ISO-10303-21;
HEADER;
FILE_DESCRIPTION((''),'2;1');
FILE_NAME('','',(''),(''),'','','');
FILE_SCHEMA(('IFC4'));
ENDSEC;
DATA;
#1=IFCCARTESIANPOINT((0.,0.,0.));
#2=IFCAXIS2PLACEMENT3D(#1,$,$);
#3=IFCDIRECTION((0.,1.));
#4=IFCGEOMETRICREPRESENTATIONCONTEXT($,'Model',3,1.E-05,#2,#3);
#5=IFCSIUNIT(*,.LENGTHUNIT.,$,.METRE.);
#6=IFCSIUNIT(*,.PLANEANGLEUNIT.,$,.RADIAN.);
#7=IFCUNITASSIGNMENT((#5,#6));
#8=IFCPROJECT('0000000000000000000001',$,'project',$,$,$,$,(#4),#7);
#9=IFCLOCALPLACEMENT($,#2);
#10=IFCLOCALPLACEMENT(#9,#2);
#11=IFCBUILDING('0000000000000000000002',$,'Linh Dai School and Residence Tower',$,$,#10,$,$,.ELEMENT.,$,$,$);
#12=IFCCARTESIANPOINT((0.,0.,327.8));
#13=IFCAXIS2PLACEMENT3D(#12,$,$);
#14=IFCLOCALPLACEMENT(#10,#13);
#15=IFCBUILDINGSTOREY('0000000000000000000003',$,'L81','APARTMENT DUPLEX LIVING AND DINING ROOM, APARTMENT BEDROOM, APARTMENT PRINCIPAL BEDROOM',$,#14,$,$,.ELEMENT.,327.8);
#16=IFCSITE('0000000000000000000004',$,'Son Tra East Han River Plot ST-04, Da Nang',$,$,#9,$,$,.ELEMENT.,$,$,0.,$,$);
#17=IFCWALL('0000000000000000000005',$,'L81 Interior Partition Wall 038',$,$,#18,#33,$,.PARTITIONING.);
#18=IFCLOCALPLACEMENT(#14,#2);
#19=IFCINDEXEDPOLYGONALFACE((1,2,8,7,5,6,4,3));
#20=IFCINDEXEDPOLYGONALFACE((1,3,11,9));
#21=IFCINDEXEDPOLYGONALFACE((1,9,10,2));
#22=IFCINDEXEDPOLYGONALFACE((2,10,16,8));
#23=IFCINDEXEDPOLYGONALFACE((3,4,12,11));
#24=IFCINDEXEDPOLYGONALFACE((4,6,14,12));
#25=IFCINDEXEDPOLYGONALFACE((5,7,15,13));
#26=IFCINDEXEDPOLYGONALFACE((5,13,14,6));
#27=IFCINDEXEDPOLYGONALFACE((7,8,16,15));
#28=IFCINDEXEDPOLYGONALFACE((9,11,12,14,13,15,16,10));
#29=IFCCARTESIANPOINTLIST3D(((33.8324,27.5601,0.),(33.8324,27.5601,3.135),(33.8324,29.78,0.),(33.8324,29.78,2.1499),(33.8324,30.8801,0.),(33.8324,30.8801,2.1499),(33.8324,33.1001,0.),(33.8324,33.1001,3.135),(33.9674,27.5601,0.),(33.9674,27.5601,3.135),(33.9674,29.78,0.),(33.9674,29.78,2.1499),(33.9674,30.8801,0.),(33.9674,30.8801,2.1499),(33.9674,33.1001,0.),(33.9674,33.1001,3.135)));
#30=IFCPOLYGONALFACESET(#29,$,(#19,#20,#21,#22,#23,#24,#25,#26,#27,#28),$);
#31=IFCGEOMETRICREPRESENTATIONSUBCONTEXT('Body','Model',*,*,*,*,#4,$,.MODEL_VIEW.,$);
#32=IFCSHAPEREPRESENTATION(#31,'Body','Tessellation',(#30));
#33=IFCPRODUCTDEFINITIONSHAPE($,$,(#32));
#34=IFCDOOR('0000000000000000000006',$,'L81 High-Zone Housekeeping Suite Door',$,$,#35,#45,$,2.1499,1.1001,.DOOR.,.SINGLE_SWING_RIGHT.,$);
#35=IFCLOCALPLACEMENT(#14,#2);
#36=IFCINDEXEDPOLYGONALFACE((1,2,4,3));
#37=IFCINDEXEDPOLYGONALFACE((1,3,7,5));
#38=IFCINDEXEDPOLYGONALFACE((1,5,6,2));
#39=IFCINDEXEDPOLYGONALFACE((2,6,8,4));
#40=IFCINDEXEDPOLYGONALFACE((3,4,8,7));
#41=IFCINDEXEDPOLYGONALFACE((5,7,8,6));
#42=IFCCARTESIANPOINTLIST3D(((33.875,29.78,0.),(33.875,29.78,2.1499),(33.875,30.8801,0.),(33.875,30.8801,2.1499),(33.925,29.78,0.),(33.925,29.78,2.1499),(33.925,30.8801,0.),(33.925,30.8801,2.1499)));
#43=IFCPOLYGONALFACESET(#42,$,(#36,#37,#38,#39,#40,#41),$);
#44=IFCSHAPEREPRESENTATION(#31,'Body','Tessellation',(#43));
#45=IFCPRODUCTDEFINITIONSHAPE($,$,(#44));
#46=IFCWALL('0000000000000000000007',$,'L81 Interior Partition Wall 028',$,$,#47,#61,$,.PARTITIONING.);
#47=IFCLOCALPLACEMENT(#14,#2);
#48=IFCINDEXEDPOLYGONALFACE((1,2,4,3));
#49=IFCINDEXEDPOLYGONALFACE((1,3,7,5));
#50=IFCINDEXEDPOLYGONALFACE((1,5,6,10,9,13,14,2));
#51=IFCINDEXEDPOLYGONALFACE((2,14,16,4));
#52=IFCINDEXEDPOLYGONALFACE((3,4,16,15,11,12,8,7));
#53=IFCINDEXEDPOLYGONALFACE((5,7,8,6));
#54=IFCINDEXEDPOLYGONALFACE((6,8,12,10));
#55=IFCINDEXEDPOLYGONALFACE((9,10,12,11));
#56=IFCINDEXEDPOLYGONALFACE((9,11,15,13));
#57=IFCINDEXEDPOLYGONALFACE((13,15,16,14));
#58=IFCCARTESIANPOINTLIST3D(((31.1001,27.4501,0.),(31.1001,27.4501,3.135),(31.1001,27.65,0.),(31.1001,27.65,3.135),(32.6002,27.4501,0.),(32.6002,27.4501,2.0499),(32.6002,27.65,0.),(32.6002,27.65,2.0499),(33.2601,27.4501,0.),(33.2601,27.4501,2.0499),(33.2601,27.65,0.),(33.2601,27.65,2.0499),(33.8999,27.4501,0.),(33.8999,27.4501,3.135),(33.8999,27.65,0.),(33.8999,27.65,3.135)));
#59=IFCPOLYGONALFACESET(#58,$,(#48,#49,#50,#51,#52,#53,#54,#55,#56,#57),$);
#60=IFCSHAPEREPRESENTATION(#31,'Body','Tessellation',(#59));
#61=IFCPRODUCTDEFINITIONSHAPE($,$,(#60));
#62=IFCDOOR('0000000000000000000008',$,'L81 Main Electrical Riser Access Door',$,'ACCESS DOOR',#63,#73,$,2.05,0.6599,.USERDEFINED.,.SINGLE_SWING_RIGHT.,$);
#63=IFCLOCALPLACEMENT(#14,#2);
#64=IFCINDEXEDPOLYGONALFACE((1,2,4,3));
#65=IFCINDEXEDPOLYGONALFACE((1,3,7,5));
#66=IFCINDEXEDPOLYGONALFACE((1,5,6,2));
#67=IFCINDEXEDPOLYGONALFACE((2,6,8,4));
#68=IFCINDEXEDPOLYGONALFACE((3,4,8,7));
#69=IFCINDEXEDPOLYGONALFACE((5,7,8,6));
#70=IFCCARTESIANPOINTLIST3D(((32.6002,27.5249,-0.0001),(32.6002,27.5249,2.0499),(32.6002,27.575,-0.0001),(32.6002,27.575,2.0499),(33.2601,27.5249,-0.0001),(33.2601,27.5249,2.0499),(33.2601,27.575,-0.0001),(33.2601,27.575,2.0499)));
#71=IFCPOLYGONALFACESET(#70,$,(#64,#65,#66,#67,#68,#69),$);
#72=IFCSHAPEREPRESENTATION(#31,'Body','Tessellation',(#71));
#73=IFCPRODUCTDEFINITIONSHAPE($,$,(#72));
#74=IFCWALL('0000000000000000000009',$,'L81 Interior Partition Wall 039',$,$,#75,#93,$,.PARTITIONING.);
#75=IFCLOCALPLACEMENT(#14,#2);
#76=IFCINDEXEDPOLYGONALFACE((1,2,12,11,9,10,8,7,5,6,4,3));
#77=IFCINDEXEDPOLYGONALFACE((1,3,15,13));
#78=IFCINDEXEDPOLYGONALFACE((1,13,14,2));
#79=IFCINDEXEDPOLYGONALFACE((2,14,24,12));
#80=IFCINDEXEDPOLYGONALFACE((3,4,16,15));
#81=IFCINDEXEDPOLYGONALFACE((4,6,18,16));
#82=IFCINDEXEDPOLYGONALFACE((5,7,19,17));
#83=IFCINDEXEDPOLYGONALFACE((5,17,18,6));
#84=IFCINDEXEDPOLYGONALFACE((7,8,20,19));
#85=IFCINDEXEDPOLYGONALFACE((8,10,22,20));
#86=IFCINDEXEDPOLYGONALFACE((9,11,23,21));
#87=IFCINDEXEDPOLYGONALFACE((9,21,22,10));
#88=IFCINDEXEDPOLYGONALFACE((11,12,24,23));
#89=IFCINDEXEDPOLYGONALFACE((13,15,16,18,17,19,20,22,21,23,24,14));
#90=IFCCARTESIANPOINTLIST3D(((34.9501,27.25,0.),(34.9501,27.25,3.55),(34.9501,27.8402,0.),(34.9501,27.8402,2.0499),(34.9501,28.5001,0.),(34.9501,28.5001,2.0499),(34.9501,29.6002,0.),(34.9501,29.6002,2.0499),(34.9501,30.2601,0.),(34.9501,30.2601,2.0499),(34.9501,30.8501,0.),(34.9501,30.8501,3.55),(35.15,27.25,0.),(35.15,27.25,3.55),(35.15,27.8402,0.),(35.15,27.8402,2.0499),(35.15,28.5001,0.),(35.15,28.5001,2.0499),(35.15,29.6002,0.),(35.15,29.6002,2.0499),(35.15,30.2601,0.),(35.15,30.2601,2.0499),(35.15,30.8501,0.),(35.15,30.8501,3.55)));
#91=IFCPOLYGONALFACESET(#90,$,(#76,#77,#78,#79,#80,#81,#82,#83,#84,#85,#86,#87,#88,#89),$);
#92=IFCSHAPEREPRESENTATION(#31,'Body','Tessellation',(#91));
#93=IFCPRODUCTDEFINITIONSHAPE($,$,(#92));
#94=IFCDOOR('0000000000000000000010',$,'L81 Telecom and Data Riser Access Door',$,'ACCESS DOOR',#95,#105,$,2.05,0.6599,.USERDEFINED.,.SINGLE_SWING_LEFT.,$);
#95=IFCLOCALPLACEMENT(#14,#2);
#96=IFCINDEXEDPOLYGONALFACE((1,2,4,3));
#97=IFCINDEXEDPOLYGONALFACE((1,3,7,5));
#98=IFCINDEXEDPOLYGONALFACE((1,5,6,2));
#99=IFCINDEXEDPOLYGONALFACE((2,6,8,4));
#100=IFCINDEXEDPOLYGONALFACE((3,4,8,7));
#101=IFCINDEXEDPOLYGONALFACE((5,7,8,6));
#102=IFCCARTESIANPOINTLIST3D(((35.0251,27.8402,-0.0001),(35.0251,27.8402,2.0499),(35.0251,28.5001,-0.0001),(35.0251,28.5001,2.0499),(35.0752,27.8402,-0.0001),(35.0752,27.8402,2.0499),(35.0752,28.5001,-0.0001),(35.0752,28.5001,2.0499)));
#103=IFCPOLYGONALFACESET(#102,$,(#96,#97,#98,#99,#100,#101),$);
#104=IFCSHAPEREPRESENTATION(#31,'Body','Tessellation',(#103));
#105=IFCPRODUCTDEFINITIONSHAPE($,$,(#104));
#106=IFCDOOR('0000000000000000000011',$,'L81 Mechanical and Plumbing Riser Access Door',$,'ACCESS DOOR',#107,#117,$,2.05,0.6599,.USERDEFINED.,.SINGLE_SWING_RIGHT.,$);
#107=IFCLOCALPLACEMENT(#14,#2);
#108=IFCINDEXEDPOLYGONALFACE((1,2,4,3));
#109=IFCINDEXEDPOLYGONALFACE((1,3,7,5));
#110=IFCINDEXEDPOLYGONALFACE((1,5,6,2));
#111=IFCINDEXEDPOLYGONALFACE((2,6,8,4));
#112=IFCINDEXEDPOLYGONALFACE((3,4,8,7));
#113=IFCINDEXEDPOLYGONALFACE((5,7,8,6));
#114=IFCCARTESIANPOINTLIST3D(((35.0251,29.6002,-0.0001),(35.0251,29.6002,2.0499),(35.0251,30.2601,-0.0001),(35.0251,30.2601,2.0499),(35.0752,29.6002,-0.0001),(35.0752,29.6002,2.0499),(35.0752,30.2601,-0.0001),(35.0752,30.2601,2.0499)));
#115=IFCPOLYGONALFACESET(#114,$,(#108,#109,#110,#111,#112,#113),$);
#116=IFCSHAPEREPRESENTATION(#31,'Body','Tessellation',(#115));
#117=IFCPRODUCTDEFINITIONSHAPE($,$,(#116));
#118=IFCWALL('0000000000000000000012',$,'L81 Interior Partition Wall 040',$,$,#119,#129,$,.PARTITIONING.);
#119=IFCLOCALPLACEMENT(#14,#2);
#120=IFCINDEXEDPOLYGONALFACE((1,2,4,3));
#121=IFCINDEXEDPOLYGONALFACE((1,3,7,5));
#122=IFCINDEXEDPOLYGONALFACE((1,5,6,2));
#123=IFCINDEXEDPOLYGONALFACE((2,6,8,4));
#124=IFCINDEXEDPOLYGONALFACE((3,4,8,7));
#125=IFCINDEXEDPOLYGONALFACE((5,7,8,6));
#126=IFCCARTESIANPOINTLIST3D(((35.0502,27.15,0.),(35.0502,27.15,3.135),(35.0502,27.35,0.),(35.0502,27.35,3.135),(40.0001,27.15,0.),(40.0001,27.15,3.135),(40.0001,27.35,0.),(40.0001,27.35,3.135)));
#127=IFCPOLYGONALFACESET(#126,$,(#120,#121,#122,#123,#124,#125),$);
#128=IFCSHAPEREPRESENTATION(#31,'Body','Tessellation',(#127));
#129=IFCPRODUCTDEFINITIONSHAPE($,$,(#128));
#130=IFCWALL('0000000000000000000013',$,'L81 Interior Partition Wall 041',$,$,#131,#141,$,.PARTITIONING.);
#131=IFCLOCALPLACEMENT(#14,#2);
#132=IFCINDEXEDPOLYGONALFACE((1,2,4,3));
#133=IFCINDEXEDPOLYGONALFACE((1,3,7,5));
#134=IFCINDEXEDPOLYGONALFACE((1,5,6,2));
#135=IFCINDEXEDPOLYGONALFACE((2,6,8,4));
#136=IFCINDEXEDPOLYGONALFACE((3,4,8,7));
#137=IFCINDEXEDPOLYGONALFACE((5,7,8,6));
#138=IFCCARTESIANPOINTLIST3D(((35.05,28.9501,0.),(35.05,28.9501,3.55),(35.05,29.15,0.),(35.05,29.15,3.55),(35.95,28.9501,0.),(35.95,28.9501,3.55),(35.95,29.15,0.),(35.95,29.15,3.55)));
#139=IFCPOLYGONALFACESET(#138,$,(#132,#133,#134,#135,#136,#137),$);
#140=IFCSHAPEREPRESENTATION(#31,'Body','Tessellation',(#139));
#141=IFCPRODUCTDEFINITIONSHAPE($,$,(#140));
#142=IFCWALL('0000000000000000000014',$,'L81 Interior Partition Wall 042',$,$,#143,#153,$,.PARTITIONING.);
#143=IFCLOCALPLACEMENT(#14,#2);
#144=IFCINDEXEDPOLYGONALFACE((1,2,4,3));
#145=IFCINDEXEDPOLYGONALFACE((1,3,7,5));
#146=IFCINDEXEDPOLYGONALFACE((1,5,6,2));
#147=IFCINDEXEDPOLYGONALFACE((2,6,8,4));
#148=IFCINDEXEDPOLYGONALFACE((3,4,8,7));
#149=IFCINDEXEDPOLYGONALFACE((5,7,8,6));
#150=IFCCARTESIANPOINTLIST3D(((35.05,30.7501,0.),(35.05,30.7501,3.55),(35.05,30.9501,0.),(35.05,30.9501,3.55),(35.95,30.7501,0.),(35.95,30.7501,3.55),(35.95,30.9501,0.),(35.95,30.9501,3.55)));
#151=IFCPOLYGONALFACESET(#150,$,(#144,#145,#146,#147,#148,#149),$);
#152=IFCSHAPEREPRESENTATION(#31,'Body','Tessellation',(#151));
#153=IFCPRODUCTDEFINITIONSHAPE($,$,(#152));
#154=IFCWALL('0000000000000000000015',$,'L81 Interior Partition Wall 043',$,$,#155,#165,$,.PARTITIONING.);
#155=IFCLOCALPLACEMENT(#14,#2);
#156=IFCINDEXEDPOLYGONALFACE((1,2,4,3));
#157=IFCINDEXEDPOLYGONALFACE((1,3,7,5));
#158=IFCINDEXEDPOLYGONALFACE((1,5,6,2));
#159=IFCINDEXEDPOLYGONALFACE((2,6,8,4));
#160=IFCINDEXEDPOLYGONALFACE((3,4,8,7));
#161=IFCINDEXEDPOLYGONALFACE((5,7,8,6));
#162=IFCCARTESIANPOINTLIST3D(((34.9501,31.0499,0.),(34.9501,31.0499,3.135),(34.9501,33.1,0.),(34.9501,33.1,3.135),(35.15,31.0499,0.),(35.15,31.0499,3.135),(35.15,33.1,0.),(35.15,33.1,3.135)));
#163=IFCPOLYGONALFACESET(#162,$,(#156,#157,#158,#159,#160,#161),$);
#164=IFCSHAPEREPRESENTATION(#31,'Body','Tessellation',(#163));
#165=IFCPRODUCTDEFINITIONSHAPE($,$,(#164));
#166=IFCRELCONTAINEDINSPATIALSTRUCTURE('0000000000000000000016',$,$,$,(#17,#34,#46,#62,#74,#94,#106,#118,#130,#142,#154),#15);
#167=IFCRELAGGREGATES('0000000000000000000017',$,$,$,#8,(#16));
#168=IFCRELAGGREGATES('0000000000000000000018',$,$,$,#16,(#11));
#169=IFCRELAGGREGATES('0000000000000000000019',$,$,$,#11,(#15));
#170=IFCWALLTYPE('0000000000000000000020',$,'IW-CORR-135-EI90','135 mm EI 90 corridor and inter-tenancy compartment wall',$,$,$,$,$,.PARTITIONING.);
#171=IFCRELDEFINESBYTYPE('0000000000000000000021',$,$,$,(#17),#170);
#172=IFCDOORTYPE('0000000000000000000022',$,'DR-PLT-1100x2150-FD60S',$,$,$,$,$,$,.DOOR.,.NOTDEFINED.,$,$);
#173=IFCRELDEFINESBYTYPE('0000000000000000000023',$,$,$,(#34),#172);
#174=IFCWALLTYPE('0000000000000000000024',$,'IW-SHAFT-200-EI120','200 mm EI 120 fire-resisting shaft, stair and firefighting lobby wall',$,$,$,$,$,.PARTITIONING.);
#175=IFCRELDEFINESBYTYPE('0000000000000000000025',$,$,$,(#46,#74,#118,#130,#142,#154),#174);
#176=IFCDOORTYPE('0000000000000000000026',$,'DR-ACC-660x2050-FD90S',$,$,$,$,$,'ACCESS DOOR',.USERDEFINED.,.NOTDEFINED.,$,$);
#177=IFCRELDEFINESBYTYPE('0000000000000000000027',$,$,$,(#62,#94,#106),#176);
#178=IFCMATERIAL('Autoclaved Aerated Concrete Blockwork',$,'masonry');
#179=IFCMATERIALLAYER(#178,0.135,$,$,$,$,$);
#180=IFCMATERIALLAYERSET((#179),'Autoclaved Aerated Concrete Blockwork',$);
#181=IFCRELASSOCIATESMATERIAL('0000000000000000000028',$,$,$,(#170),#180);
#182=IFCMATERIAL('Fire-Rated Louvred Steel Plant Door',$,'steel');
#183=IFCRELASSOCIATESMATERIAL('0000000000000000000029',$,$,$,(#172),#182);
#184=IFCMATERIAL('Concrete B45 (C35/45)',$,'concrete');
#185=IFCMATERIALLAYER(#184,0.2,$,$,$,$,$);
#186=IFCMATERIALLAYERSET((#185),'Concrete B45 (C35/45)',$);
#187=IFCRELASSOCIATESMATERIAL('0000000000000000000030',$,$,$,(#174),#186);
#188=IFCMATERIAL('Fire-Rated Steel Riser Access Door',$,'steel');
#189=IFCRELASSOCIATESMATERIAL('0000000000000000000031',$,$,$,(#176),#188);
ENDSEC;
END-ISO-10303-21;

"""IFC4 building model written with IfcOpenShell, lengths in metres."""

from ifc_helpers import new_model, si_unit, direction, frame, frame_2d, origin, origin_2d, place, context, subcontext, project, spatial, rectangle, extrude, source, transform, mapped, material, layer, layer_set, type_object, element, fill, save


model = new_model("IFC4")

# Units and contexts
model_context = context("Model", 3, precision=1e-05, world=origin(), true_north=direction((0.0, 1.0)))
body_context = subcontext(model_context, "Body", "Model", "MODEL_VIEW")
ifc_project = project(units=[si_unit("LENGTHUNIT", "METRE"), si_unit("PLANEANGLEUNIT", "RADIAN")], contexts=[model_context])

# Site, building, storey
site_placement = place(None, origin())
site = spatial("IfcSite", under=ifc_project, at=site_placement, Name="Son Tra East Han River Plot ST-04, Da Nang", CompositionType="ELEMENT", RefElevation=0.0)
building_placement = place(site_placement, origin())
building = spatial("IfcBuilding", under=site, at=building_placement, Name="Linh Dai School and Residence Tower", CompositionType="ELEMENT")
storey_placement = place(building_placement, frame((0.0, 0.0, 327.8)))
storey = spatial("IfcBuildingStorey", under=building, at=storey_placement, Name="L81", Description="APARTMENT DUPLEX LIVING AND DINING ROOM, APARTMENT BEDROOM, APARTMENT PRINCIPAL BEDROOM", CompositionType="ELEMENT", Elevation=327.8)

# Walls, openings, doors
ifc_material_1 = material(Name="Autoclaved Aerated Concrete Blockwork", Category="masonry")
ifc_layer_1 = layer(ifc_material_1, 0.135)
ifc_layer_set_1 = layer_set([ifc_layer_1], Name="Autoclaved Aerated Concrete Blockwork")
wall_type_1 = type_object("IfcWallType", Name="IW-CORR-135-EI90", Description="135 mm EI 90 corridor and inter-tenancy compartment wall", PredefinedType="PARTITIONING", material=ifc_layer_set_1)
wall_1_placement = place(storey_placement, frame((33.8999, 27.5601, 0.0), z_axis=(0.0, 0.0, 1.0), x_axis=(0.0, 1.0, 0.0)))
wall_1 = element("IfcWall", 1, at=wall_1_placement, inside=storey, type_object=wall_type_1, Name="L81 Interior Partition Wall 038", PredefinedType="PARTITIONING", context=body_context, shape_type="SweptSolid", body=[
    extrude(rectangle(XDim=5.54, YDim=0.135, at=frame_2d((2.77, 0.0))), origin(), (0.0, 0.0, 1.0), 3.135),
])
opening_1_placement = place(wall_1_placement, frame((2.22, 0.0, 0.0)))
opening_1 = element("IfcOpeningElement", 2, at=opening_1_placement, cuts=wall_1, PredefinedType="OPENING", context=body_context, shape_type="SweptSolid", body=[
    extrude(rectangle(XDim=1.1001, YDim=2.1499, at=origin_2d()), frame((0.55, 0.0776, 1.075), z_axis=(0.0, -1.0, 0.0), x_axis=(1.0, 0.0, 0.0)), (0.0, 0.0, 1.0), 0.155),
])
ifc_material_2 = material(Name="Fire-Rated Louvred Steel Plant Door", Category="steel")
door_type_1 = type_object("IfcDoorType", Name="DR-PLT-1100x2150-FD60S", OperationType="NOTDEFINED", PredefinedType="DOOR", material=ifc_material_2)
shared_shape_1 = source(origin(), body_context, "Body", "SweptSolid", [
    extrude(rectangle(XDim=1.1001, YDim=2.1499, at=origin_2d()), frame((0.55, 0.0249, 1.075), z_axis=(0.0, -1.0, 0.0), x_axis=(1.0, 0.0, 0.0)), (0.0, 0.0, 1.0), 0.05),
])
door_1_placement = place(opening_1_placement, origin())
door_1 = element("IfcDoor", 3, at=door_1_placement, inside=storey, type_object=door_type_1, Name="L81 High-Zone Housekeeping Suite Door", OperationType="SINGLE_SWING_RIGHT", OverallHeight=2.1499, OverallWidth=1.1001, PredefinedType="DOOR", context=body_context, shape_type="MappedRepresentation", body=[
    mapped(shared_shape_1, transform((0.0, 0.0, 0.0), x_axis=(1.0, 0.0, 0.0), y_axis=(0.0, 1.0, 0.0), z_axis=(0.0, 0.0, 1.0), scale=1.0)),
])
fill(opening_1, door_1)
ifc_material_3 = material(Name="Concrete B45 (C35/45)", Category="concrete")
ifc_layer_2 = layer(ifc_material_3, 0.2)
ifc_layer_set_2 = layer_set([ifc_layer_2], Name="Concrete B45 (C35/45)")
wall_type_2 = type_object("IfcWallType", Name="IW-SHAFT-200-EI120", Description="200 mm EI 120 fire-resisting shaft, stair and firefighting lobby wall", PredefinedType="PARTITIONING", material=ifc_layer_set_2)
wall_2_placement = place(storey_placement, frame((31.1001, 27.55, 0.0), z_axis=(0.0, 0.0, 1.0), x_axis=(1.0, 0.0, 0.0)))
wall_2 = element("IfcWall", 4, at=wall_2_placement, inside=storey, type_object=wall_type_2, Name="L81 Interior Partition Wall 028", PredefinedType="PARTITIONING", context=body_context, shape_type="SweptSolid", body=[
    extrude(rectangle(XDim=2.7998, YDim=0.2, at=frame_2d((1.3999, 0.0))), origin(), (0.0, 0.0, 1.0), 3.135),
])
opening_2_placement = place(wall_2_placement, frame((1.5, 0.0, 0.0)))
opening_2 = element("IfcOpeningElement", 5, at=opening_2_placement, cuts=wall_2, PredefinedType="OPENING", context=body_context, shape_type="SweptSolid", body=[
    extrude(rectangle(XDim=0.6599, YDim=2.05, at=origin_2d()), frame((0.3301, 0.1099, 1.0249), z_axis=(0.0, -1.0, 0.0), x_axis=(1.0, 0.0, 0.0)), (0.0, 0.0, 1.0), 0.22),
])
ifc_material_4 = material(Name="Fire-Rated Steel Riser Access Door", Category="steel")
door_type_2 = type_object("IfcDoorType", Name="DR-ACC-660x2050-FD90S", ElementType="ACCESS DOOR", OperationType="NOTDEFINED", PredefinedType="USERDEFINED", material=ifc_material_4)
shared_shape_2 = source(origin(), body_context, "Body", "SweptSolid", [
    extrude(rectangle(XDim=0.6599, YDim=2.05, at=origin_2d()), frame((0.3301, 0.0249, 1.0249), z_axis=(0.0, -1.0, 0.0), x_axis=(1.0, 0.0, 0.0)), (0.0, 0.0, 1.0), 0.05),
])
door_2_placement = place(opening_2_placement, origin())
door_2 = element("IfcDoor", 6, at=door_2_placement, inside=storey, type_object=door_type_2, Name="L81 Main Electrical Riser Access Door", ObjectType="ACCESS DOOR", OperationType="SINGLE_SWING_RIGHT", OverallHeight=2.05, OverallWidth=0.6599, PredefinedType="USERDEFINED", context=body_context, shape_type="MappedRepresentation", body=[
    mapped(shared_shape_2, transform((0.0, 0.0, 0.0), x_axis=(1.0, 0.0, 0.0), y_axis=(0.0, 1.0, 0.0), z_axis=(0.0, 0.0, 1.0), scale=1.0)),
])
fill(opening_2, door_2)

# Wall, openings, doors
wall_3_placement = place(storey_placement, frame((35.05, 27.25, 0.0), z_axis=(0.0, 0.0, 1.0), x_axis=(0.0, 1.0, 0.0)))
wall_3 = element("IfcWall", 7, at=wall_3_placement, inside=storey, type_object=wall_type_2, Name="L81 Interior Partition Wall 039", PredefinedType="PARTITIONING", context=body_context, shape_type="SweptSolid", body=[
    extrude(rectangle(XDim=3.6001, YDim=0.2, at=frame_2d((1.8, 0.0))), origin(), (0.0, 0.0, 1.0), 3.55),
])
opening_3_placement = place(wall_3_placement, frame((0.5901, 0.0, 0.0)))
opening_3 = element("IfcOpeningElement", 8, at=opening_3_placement, cuts=wall_3, PredefinedType="OPENING", context=body_context, shape_type="SweptSolid", body=[
    extrude(rectangle(XDim=0.6599, YDim=2.05, at=origin_2d()), frame((0.3301, 0.1099, 1.0249), z_axis=(0.0, -1.0, 0.0), x_axis=(1.0, 0.0, 0.0)), (0.0, 0.0, 1.0), 0.22),
])
opening_4_placement = place(wall_3_placement, frame((2.3501, 0.0, 0.0)))
opening_4 = element("IfcOpeningElement", 9, at=opening_4_placement, cuts=wall_3, PredefinedType="OPENING", context=body_context, shape_type="SweptSolid", body=[
    extrude(rectangle(XDim=0.6599, YDim=2.05, at=origin_2d()), frame((0.3301, 0.1099, 1.0249), z_axis=(0.0, -1.0, 0.0), x_axis=(1.0, 0.0, 0.0)), (0.0, 0.0, 1.0), 0.22),
])
door_3_placement = place(opening_3_placement, origin())
door_3 = element("IfcDoor", 10, at=door_3_placement, inside=storey, type_object=door_type_2, Name="L81 Telecom and Data Riser Access Door", ObjectType="ACCESS DOOR", OperationType="SINGLE_SWING_LEFT", OverallHeight=2.05, OverallWidth=0.6599, PredefinedType="USERDEFINED", context=body_context, shape_type="MappedRepresentation", body=[
    mapped(shared_shape_2, transform((0.0, 0.0, 0.0), x_axis=(1.0, 0.0, 0.0), y_axis=(0.0, 1.0, 0.0), z_axis=(0.0, 0.0, 1.0), scale=1.0)),
])
fill(opening_3, door_3)
door_4_placement = place(opening_4_placement, origin())
door_4 = element("IfcDoor", 11, at=door_4_placement, inside=storey, type_object=door_type_2, Name="L81 Mechanical and Plumbing Riser Access Door", ObjectType="ACCESS DOOR", OperationType="SINGLE_SWING_RIGHT", OverallHeight=2.05, OverallWidth=0.6599, PredefinedType="USERDEFINED", context=body_context, shape_type="MappedRepresentation", body=[
    mapped(shared_shape_2, transform((0.0, 0.0, 0.0), x_axis=(1.0, 0.0, 0.0), y_axis=(0.0, 1.0, 0.0), z_axis=(0.0, 0.0, 1.0), scale=1.0)),
])
fill(opening_4, door_4)

# Walls
wall_4_placement = place(storey_placement, frame((35.05, 27.25, 0.0), z_axis=(0.0, 0.0, 1.0), x_axis=(1.0, 0.0, 0.0)))
element("IfcWall", 12, at=wall_4_placement, inside=storey, type_object=wall_type_2, Name="L81 Interior Partition Wall 040", PredefinedType="PARTITIONING", context=body_context, shape_type="SweptSolid", body=[
    extrude(rectangle(XDim=4.95, YDim=0.2, at=frame_2d((2.4751, 0.0))), origin(), (0.0, 0.0, 1.0), 3.135),
])
for number, where, z_axis, x_axis, name in (
    (13, (35.05, 29.05, 0.0), (0.0, 0.0, 1.0), (1.0, 0.0, 0.0), "L81 Interior Partition Wall 041"),
    (14, (35.05, 30.8501, 0.0), (0.0, 0.0, 1.0), (1.0, 0.0, 0.0), "L81 Interior Partition Wall 042"),
):
    element("IfcWall", number, at=place(storey_placement, frame(where, z_axis=z_axis, x_axis=x_axis)), inside=storey, type_object=wall_type_2, Name=name, PredefinedType="PARTITIONING", context=body_context, shape_type="SweptSolid", body=[
        extrude(rectangle(XDim=0.8999, YDim=0.2, at=frame_2d((0.45, 0.0))), origin(), (0.0, 0.0, 1.0), 3.55),
    ])
wall_5_placement = place(storey_placement, frame((35.05, 31.05, 0.0), z_axis=(0.0, 0.0, 1.0), x_axis=(0.0, 1.0, 0.0)))
element("IfcWall", 15, at=wall_5_placement, inside=storey, type_object=wall_type_2, Name="L81 Interior Partition Wall 043", PredefinedType="PARTITIONING", context=body_context, shape_type="SweptSolid", body=[
    extrude(rectangle(XDim=2.05, YDim=0.2, at=frame_2d((1.0249, 0.0))), origin(), (0.0, 0.0, 1.0), 3.135),
])

save(model, "model.ifc")
